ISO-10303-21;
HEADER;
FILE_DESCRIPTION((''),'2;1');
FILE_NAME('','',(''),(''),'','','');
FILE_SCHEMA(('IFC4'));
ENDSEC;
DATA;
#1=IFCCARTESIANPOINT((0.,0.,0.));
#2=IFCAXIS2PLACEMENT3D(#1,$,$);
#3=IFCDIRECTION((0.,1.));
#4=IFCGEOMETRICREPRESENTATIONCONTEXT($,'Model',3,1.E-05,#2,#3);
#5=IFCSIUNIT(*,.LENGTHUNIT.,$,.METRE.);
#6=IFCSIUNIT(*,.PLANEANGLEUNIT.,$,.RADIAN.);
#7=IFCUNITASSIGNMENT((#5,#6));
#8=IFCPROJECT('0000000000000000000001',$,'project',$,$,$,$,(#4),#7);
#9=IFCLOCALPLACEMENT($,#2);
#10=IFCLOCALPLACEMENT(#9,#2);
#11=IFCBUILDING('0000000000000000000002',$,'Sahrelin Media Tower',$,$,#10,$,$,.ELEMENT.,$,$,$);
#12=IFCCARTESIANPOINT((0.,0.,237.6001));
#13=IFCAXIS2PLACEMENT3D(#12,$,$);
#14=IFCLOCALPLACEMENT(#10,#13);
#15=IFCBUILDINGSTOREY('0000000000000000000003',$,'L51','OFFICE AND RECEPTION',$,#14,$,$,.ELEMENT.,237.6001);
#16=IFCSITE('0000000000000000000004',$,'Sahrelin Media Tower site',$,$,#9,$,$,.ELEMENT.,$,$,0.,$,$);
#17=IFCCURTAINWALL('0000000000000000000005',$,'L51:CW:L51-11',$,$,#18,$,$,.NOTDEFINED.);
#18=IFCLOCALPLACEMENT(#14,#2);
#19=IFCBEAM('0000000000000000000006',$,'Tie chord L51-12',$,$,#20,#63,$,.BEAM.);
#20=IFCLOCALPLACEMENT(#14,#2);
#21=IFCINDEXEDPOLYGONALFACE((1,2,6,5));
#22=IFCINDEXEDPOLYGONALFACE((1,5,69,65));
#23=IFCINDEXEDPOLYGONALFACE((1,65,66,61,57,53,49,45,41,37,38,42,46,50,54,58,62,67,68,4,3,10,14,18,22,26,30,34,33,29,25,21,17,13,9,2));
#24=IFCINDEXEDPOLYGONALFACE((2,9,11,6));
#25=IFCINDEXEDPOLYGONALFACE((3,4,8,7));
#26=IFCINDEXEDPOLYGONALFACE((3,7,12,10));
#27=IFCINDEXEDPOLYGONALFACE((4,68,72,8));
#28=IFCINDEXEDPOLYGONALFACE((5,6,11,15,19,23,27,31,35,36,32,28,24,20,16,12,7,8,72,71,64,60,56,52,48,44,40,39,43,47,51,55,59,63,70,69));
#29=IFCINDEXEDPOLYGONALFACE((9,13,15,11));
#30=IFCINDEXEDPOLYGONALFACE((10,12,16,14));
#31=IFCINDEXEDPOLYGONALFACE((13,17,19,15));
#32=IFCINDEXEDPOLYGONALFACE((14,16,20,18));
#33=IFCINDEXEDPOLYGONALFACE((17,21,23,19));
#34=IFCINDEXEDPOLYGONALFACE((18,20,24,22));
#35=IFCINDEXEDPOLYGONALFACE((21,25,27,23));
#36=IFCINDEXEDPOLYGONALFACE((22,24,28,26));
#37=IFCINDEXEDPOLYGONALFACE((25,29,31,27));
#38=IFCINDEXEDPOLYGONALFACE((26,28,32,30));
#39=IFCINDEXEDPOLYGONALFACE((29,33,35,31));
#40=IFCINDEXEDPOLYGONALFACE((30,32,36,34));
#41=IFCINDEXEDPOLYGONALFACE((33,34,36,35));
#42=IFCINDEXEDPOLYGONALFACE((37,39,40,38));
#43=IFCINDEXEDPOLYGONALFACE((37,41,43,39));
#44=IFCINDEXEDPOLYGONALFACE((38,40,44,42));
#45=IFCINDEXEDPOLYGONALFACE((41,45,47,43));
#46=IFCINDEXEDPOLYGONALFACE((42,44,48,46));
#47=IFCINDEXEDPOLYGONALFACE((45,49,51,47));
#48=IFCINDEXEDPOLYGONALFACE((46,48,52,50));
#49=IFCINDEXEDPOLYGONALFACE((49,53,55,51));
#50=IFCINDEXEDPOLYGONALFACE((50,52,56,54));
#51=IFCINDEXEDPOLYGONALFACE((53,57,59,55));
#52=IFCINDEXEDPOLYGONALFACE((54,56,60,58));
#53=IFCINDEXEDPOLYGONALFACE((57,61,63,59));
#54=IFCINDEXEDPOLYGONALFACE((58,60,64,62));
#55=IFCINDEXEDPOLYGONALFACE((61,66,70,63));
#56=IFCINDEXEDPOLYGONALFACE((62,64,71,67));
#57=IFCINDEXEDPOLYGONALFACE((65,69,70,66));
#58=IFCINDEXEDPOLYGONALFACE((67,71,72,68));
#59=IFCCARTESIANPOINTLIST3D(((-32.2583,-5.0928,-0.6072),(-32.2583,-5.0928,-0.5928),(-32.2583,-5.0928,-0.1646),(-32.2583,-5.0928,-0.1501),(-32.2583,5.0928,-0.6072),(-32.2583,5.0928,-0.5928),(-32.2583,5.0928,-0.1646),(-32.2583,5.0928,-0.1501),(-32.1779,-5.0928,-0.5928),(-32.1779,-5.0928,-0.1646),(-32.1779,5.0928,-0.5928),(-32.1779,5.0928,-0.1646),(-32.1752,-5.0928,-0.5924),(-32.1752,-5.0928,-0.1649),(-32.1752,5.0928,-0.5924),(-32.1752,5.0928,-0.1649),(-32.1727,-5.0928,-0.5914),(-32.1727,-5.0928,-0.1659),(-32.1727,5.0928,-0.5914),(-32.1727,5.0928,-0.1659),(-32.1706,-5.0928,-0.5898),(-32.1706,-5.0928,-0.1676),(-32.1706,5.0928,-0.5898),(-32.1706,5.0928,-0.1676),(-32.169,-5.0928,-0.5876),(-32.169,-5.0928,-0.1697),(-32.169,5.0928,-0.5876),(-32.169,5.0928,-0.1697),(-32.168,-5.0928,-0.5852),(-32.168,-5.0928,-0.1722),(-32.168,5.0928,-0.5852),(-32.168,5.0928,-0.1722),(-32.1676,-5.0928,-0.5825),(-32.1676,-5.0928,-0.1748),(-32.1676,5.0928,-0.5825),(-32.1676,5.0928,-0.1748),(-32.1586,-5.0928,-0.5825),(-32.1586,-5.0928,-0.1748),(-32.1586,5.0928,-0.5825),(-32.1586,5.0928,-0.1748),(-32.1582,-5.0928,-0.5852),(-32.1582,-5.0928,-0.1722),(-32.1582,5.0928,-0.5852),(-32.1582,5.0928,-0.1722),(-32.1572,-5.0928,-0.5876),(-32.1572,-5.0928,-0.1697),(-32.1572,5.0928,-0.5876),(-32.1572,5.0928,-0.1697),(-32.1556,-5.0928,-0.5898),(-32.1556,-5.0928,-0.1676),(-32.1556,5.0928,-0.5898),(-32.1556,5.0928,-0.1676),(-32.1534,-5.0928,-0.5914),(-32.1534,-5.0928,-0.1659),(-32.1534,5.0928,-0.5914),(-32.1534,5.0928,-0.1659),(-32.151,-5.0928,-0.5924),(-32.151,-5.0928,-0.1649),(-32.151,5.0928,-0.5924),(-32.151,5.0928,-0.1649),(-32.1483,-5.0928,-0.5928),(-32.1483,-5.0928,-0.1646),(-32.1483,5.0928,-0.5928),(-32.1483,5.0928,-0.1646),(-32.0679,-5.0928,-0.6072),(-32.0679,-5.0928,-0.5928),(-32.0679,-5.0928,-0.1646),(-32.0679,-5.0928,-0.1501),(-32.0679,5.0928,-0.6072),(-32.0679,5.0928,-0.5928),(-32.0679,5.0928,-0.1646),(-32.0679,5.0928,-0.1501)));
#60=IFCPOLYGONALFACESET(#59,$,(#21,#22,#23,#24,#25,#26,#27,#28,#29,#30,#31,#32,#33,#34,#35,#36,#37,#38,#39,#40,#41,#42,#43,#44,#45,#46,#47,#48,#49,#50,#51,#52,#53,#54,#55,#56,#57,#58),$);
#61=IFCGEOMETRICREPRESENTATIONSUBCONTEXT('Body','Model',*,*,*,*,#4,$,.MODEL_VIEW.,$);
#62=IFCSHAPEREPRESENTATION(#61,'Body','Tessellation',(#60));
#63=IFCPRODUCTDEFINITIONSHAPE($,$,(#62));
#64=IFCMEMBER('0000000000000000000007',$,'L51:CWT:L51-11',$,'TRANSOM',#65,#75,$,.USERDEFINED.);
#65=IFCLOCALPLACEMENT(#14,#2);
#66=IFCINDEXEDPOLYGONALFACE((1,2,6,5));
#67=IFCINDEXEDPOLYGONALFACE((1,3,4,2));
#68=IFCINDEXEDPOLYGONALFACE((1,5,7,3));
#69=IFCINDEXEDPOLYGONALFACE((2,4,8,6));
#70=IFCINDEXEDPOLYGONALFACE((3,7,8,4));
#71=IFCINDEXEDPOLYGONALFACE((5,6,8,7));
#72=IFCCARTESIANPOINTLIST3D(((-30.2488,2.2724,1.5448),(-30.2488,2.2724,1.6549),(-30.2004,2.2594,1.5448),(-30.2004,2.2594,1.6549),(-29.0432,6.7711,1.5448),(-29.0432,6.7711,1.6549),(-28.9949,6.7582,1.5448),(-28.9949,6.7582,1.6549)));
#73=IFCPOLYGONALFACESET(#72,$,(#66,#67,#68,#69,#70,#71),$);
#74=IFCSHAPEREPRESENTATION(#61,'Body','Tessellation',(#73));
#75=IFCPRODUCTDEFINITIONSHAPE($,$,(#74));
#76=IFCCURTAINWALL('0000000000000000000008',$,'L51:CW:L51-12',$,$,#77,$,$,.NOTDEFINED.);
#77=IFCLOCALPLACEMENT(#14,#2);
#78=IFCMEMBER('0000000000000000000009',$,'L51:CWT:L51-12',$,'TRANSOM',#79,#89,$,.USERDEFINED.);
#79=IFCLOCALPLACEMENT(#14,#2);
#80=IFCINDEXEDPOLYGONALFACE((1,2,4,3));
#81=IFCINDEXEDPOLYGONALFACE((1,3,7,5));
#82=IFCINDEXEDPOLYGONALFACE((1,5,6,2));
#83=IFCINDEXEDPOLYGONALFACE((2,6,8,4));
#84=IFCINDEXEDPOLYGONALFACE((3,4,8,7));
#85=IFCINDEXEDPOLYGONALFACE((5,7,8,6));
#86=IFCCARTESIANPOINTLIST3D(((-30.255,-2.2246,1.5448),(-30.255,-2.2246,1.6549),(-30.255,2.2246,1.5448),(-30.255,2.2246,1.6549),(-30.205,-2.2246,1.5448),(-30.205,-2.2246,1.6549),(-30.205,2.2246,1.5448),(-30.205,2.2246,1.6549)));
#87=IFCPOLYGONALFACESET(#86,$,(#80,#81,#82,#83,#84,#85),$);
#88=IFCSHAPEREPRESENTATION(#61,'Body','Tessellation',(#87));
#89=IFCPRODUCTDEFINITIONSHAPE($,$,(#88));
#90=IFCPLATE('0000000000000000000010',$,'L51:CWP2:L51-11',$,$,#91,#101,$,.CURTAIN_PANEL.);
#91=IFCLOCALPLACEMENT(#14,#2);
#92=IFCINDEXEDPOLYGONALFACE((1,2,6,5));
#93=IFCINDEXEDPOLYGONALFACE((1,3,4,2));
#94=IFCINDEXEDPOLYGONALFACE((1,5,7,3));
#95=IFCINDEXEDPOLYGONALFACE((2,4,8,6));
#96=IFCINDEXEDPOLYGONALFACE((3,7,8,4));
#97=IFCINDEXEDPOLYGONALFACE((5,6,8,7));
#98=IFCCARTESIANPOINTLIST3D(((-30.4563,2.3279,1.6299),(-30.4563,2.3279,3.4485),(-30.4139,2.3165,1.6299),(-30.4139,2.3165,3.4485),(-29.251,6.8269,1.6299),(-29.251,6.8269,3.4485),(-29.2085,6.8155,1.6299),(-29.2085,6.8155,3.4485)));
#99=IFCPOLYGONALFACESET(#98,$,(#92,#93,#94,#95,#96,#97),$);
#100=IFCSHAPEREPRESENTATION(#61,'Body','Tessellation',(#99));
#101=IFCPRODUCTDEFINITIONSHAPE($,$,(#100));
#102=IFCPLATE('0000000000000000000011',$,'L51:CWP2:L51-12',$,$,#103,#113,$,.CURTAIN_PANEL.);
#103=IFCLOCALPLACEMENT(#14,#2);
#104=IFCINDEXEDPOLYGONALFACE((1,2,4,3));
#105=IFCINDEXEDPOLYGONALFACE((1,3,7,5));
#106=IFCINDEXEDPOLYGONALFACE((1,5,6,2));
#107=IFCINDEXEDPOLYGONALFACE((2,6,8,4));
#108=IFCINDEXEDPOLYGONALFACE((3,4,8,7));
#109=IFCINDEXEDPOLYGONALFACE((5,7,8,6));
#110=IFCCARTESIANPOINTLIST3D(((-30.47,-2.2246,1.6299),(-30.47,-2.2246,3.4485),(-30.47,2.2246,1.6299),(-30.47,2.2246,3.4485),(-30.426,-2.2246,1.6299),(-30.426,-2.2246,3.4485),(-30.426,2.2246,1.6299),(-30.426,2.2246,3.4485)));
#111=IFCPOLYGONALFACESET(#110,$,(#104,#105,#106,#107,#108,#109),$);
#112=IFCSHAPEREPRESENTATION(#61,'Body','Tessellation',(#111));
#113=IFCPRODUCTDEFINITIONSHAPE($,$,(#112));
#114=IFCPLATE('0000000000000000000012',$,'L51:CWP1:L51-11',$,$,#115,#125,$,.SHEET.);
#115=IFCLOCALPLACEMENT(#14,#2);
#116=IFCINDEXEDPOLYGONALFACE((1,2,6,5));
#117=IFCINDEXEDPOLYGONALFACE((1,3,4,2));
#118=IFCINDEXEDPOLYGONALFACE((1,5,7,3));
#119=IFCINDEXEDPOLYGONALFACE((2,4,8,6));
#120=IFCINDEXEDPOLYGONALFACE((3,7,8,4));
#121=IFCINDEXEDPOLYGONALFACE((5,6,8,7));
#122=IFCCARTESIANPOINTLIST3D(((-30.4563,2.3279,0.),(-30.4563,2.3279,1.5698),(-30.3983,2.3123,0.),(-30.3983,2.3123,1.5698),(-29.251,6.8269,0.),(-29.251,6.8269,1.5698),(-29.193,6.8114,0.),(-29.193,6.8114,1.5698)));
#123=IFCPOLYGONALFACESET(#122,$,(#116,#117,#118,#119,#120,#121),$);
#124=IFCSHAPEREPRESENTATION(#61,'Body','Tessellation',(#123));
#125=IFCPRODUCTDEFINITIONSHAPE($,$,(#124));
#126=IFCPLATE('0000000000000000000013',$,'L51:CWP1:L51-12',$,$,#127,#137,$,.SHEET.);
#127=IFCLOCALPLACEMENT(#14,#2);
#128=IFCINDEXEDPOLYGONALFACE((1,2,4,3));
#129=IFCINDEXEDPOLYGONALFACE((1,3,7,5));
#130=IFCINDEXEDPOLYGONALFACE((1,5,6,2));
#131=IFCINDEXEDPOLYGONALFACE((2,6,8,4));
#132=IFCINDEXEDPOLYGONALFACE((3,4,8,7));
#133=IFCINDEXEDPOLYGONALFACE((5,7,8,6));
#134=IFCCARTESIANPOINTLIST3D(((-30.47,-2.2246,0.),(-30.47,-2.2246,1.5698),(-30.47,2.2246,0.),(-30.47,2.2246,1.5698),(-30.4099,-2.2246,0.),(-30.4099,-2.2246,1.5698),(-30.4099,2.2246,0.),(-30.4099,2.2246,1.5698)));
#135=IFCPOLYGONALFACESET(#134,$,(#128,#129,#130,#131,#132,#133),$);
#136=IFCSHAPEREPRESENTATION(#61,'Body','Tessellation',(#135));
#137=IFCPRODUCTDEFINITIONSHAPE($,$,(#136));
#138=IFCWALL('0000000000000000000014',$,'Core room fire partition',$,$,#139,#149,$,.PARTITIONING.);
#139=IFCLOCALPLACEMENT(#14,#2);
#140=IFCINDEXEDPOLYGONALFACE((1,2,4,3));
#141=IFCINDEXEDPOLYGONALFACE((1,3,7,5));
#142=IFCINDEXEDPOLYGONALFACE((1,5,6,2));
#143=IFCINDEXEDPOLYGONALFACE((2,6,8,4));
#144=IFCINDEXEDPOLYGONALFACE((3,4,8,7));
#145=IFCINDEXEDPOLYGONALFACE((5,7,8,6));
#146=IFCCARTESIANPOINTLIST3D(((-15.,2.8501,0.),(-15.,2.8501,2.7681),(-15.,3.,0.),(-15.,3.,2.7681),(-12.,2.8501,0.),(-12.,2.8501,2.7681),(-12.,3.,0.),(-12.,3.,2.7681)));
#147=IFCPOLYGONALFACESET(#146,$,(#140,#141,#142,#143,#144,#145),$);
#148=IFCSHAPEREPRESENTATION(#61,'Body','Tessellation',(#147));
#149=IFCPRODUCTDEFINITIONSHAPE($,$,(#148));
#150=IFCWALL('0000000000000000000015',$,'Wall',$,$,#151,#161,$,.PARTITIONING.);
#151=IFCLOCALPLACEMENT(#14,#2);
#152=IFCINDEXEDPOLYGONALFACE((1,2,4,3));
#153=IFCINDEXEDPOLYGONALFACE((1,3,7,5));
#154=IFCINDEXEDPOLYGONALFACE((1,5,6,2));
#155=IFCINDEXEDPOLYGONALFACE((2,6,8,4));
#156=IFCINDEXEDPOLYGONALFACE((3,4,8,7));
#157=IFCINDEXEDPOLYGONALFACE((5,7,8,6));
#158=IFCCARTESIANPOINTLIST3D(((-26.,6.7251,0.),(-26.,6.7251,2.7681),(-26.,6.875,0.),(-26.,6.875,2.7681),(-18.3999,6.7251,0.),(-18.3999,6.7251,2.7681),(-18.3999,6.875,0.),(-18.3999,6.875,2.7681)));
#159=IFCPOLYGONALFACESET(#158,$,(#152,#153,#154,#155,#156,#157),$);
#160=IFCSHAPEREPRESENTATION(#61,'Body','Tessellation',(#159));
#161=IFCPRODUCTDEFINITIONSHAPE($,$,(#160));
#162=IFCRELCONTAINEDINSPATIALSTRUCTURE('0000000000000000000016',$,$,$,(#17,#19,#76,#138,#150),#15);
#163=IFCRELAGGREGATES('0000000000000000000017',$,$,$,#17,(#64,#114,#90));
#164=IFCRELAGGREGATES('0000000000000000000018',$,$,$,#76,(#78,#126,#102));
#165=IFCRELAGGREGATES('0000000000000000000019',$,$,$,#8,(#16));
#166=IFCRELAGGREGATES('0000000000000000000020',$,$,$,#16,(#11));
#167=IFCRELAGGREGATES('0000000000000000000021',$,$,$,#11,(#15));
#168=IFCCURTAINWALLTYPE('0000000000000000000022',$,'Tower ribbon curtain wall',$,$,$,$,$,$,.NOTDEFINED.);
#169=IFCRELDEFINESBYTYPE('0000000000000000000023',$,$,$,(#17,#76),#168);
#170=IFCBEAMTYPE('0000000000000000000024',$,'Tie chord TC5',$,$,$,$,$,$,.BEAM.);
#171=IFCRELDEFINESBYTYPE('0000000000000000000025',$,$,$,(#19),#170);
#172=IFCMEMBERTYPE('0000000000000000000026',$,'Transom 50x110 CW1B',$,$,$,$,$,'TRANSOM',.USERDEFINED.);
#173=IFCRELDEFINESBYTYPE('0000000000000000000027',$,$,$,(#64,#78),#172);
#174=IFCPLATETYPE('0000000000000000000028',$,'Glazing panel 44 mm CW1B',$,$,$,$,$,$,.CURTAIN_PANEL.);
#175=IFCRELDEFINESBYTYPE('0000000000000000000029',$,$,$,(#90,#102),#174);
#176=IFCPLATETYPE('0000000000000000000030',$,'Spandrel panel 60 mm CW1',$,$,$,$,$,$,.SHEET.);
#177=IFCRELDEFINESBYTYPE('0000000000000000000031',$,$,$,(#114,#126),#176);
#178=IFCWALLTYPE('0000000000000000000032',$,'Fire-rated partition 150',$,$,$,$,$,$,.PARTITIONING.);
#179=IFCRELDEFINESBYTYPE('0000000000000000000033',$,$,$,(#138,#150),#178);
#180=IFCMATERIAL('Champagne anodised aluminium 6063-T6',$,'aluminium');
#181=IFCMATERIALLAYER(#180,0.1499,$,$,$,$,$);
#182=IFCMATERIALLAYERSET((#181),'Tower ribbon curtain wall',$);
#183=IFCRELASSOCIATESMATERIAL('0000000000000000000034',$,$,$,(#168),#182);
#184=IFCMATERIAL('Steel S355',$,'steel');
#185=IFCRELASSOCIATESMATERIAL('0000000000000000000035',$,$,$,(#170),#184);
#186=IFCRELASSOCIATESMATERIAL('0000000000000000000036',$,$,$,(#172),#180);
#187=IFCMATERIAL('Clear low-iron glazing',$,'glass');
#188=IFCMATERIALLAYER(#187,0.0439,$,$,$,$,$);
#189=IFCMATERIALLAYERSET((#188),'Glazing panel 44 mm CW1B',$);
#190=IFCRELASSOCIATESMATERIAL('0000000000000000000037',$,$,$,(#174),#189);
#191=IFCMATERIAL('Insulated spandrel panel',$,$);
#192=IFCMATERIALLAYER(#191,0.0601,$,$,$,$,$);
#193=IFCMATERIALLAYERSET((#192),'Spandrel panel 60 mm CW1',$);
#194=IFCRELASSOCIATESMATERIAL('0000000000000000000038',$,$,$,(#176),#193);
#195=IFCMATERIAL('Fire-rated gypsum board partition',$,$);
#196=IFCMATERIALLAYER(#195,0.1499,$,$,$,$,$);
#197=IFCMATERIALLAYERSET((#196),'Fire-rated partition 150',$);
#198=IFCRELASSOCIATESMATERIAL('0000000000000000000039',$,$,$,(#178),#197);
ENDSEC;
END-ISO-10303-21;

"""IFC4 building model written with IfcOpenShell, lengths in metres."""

from ifc_helpers import new_model, si_unit, direction, frame, frame_2d, origin, origin_2d, place, context, subcontext, project, spatial, polyline, rectangle, i_section, outline, extrude, material, layer, layer_set, material_profile, profile_set, type_object, element, aggregate, save


model = new_model("IFC4")

# Units and contexts
model_context = context("Model", 3, precision=1e-05, world=origin(), true_north=direction((0.0, 1.0)))
body_context = subcontext(model_context, "Body", "Model", "MODEL_VIEW")
ifc_project = project(units=[si_unit("LENGTHUNIT", "METRE"), si_unit("PLANEANGLEUNIT", "RADIAN")], contexts=[model_context])

# Site, building, storey
site_placement = place(None, origin())
site = spatial("IfcSite", under=ifc_project, at=site_placement, Name="Sahrelin Media Tower site", CompositionType="ELEMENT", RefElevation=0.0)
building_placement = place(site_placement, origin())
building = spatial("IfcBuilding", under=site, at=building_placement, Name="Sahrelin Media Tower", CompositionType="ELEMENT")
storey_placement = place(building_placement, frame((0.0, 0.0, 237.6001)))
storey = spatial("IfcBuildingStorey", under=building, at=storey_placement, Name="L51", Description="OFFICE AND RECEPTION", CompositionType="ELEMENT", Elevation=237.6001)

# Shared definitions
ifc_material_1 = material(Name="Steel S355", Category="steel")

# Curtain wall
ifc_material_2 = material(Name="Champagne anodised aluminium 6063-T6", Category="aluminium")
ifc_layer_1 = layer(ifc_material_2, 0.1499)
ifc_layer_set_1 = layer_set([ifc_layer_1], Name="Tower ribbon curtain wall")
curtain_wall_type = type_object("IfcCurtainWallType", Name="Tower ribbon curtain wall", PredefinedType="NOTDEFINED", material=ifc_layer_set_1)
curtain_wall_1_placement = place(storey_placement, frame((-29.8345, 4.5723, 0.0), z_axis=(0.0, 0.0, 1.0), x_axis=(1.0, 0.0, 0.0)))
curtain_wall_1 = element("IfcCurtainWall", 1, at=curtain_wall_1_placement, inside=storey, type_object=curtain_wall_type, Name="L51:CW:L51-11", PredefinedType="NOTDEFINED")

# Beam
ifc_material_profile_1 = material_profile(ifc_material_1, i_section(OverallWidth=0.1904, OverallDepth=0.457, WebThickness=0.009, FlangeThickness=0.0144, FilletRadius=0.0103, at=origin_2d()), Name="UB 457x191x74")
ifc_profile_set_1 = profile_set([ifc_material_profile_1], Name="Steel S355")
beam_type_1 = type_object("IfcBeamType", Name="Tie chord TC5", PredefinedType="BEAM", material=ifc_profile_set_1)
beam_1_placement = place(storey_placement, frame((-32.1631, 5.0928, -0.3787), z_axis=(0.0, -1.0, 0.0), x_axis=(1.0, 0.0, 0.0)))
element("IfcBeam", 2, at=beam_1_placement, inside=storey, type_object=beam_type_1, Name="Tie chord L51-12", PredefinedType="BEAM", context=body_context, shape_type="SweptSolid", body=[
    extrude(i_section(OverallWidth=0.1904, OverallDepth=0.457, WebThickness=0.009, FlangeThickness=0.0144, FilletRadius=0.0103, at=origin_2d()), origin(), (0.0, 0.0, 1.0), 10.1855),
])

# Member
ifc_material_profile_2 = material_profile(ifc_material_2, rectangle(XDim=0.05, YDim=0.1101, at=origin_2d()), Name="Transom 50x110")
ifc_profile_set_2 = profile_set([ifc_material_profile_2], Name="Champagne anodised aluminium 6063-T6")
member_type_1 = type_object("IfcMemberType", Name="Transom 50x110 CW1B", ElementType="TRANSOM", PredefinedType="USERDEFINED", material=ifc_profile_set_2)
member_1_placement = place(storey_placement, frame((-29.019, 6.7646, 1.5999), z_axis=(-0.258844, -0.965919, 0.0), x_axis=(0.965919, -0.258844, 0.0)))
member_1 = element("IfcMember", 3, at=member_1_placement, type_object=member_type_1, Name="L51:CWT:L51-11", ObjectType="TRANSOM", PredefinedType="USERDEFINED", context=body_context, shape_type="SweptSolid", body=[
    extrude(rectangle(XDim=0.05, YDim=0.1101, at=origin_2d()), origin(), (0.0, 0.0, 1.0), 4.6575),
])

# Curtain wall, member
curtain_wall_2_placement = place(storey_placement, frame((-30.45, 0.0, 0.0), z_axis=(0.0, 0.0, 1.0), x_axis=(1.0, 0.0, 0.0)))
curtain_wall_2 = element("IfcCurtainWall", 4, at=curtain_wall_2_placement, inside=storey, type_object=curtain_wall_type, Name="L51:CW:L51-12", PredefinedType="NOTDEFINED")
member_2_placement = place(storey_placement, frame((-30.23, 2.2246, 1.5999), z_axis=(0.0, -1.0, 0.0), x_axis=(1.0, 0.0, 0.0)))
member_2 = element("IfcMember", 5, at=member_2_placement, type_object=member_type_1, Name="L51:CWT:L51-12", ObjectType="TRANSOM", PredefinedType="USERDEFINED", context=body_context, shape_type="SweptSolid", body=[
    extrude(rectangle(XDim=0.05, YDim=0.1101, at=origin_2d()), origin(), (0.0, 0.0, 1.0), 4.4492),
])

# Plates
ifc_material_3 = material(Name="Clear low-iron glazing", Category="glass")
ifc_layer_2 = layer(ifc_material_3, 0.0439)
ifc_layer_set_2 = layer_set([ifc_layer_2], Name="Glazing panel 44 mm CW1B")
plate_type_1 = type_object("IfcPlateType", Name="Glazing panel 44 mm CW1B", PredefinedType="CURTAIN_PANEL", material=ifc_layer_set_2)
plate_1_placement = place(storey_placement, frame((-29.251, 6.8269, 1.6299), z_axis=(-0.965936, 0.258781, 0.0), x_axis=(-0.258781, -0.965936, 0.0)))
plate_1 = element("IfcPlate", 6, at=plate_1_placement, type_object=plate_type_1, Name="L51:CWP2:L51-11", PredefinedType="CURTAIN_PANEL", context=body_context, shape_type="SweptSolid", body=[
    extrude(outline(polyline([(0.0, 0.0), (4.6577, 0.0), (4.6577, 1.8186), (0.0, 1.8186), (0.0, 0.0)])), origin(), (0.0, 0.0, -1.0), 0.0439),
])
plate_2_placement = place(storey_placement, frame((-30.47, 2.2246, 1.6299), z_axis=(-1.0, 0.0, 0.0), x_axis=(0.0, -1.0, 0.0)))
plate_2 = element("IfcPlate", 7, at=plate_2_placement, type_object=plate_type_1, Name="L51:CWP2:L51-12", PredefinedType="CURTAIN_PANEL", context=body_context, shape_type="SweptSolid", body=[
    extrude(outline(polyline([(0.0, 0.0), (4.4492, 0.0), (4.4492, 1.8186), (0.0, 1.8186), (0.0, 0.0)])), origin(), (0.0, 0.0, -1.0), 0.0439),
])
ifc_material_4 = material(Name="Insulated spandrel panel")
ifc_layer_3 = layer(ifc_material_4, 0.0601)
ifc_layer_set_3 = layer_set([ifc_layer_3], Name="Spandrel panel 60 mm CW1")
plate_type_2 = type_object("IfcPlateType", Name="Spandrel panel 60 mm CW1", PredefinedType="SHEET", material=ifc_layer_set_3)
plate_3_placement = place(storey_placement, frame((-29.251, 6.8269, 0.0), z_axis=(-0.965936, 0.258781, 0.0), x_axis=(-0.258781, -0.965936, 0.0)))
plate_3 = element("IfcPlate", 8, at=plate_3_placement, type_object=plate_type_2, Name="L51:CWP1:L51-11", PredefinedType="SHEET", context=body_context, shape_type="SweptSolid", body=[
    extrude(outline(polyline([(0.0, 0.0), (4.6577, 0.0), (4.6577, 1.5698), (0.0, 1.5698), (0.0, 0.0)])), origin(), (0.0, 0.0, -1.0), 0.0601),
])
aggregate(curtain_wall_1, [member_1, plate_3, plate_1])
plate_4_placement = place(storey_placement, frame((-30.47, 2.2246, 0.0), z_axis=(-1.0, 0.0, 0.0), x_axis=(0.0, -1.0, 0.0)))
plate_4 = element("IfcPlate", 9, at=plate_4_placement, type_object=plate_type_2, Name="L51:CWP1:L51-12", PredefinedType="SHEET", context=body_context, shape_type="SweptSolid", body=[
    extrude(outline(polyline([(0.0, 0.0), (4.4492, 0.0), (4.4492, 1.5698), (0.0, 1.5698), (0.0, 0.0)])), origin(), (0.0, 0.0, -1.0), 0.0601),
])
aggregate(curtain_wall_2, [member_2, plate_4, plate_2])

# Walls
ifc_material_5 = material(Name="Fire-rated gypsum board partition")
ifc_layer_4 = layer(ifc_material_5, 0.1499)
ifc_layer_set_4 = layer_set([ifc_layer_4], Name="Fire-rated partition 150")
wall_type_1 = type_object("IfcWallType", Name="Fire-rated partition 150", PredefinedType="PARTITIONING", material=ifc_layer_set_4)
wall_1_placement = place(storey_placement, frame((-15.0, 2.925, 0.0), z_axis=(0.0, 0.0, 1.0), x_axis=(1.0, 0.0, 0.0)))
element("IfcWall", 10, at=wall_1_placement, inside=storey, type_object=wall_type_1, Name="Core room fire partition", PredefinedType="PARTITIONING", context=body_context, shape_type="SweptSolid", body=[
    extrude(rectangle(XDim=3.0, YDim=0.1499, at=frame_2d((1.5, 0.0))), origin(), (0.0, 0.0, 1.0), 2.7681),
])
wall_2_placement = place(storey_placement, frame((-26.0, 6.8, 0.0), z_axis=(0.0, 0.0, 1.0), x_axis=(1.0, 0.0, 0.0)))
element("IfcWall", 11, at=wall_2_placement, inside=storey, type_object=wall_type_1, Name="Wall", PredefinedType="PARTITIONING", context=body_context, shape_type="SweptSolid", body=[
    extrude(rectangle(XDim=7.6001, YDim=0.1499, at=frame_2d((3.8, 0.0))), origin(), (0.0, 0.0, 1.0), 2.7681),
])

save(model, "model.ifc")
